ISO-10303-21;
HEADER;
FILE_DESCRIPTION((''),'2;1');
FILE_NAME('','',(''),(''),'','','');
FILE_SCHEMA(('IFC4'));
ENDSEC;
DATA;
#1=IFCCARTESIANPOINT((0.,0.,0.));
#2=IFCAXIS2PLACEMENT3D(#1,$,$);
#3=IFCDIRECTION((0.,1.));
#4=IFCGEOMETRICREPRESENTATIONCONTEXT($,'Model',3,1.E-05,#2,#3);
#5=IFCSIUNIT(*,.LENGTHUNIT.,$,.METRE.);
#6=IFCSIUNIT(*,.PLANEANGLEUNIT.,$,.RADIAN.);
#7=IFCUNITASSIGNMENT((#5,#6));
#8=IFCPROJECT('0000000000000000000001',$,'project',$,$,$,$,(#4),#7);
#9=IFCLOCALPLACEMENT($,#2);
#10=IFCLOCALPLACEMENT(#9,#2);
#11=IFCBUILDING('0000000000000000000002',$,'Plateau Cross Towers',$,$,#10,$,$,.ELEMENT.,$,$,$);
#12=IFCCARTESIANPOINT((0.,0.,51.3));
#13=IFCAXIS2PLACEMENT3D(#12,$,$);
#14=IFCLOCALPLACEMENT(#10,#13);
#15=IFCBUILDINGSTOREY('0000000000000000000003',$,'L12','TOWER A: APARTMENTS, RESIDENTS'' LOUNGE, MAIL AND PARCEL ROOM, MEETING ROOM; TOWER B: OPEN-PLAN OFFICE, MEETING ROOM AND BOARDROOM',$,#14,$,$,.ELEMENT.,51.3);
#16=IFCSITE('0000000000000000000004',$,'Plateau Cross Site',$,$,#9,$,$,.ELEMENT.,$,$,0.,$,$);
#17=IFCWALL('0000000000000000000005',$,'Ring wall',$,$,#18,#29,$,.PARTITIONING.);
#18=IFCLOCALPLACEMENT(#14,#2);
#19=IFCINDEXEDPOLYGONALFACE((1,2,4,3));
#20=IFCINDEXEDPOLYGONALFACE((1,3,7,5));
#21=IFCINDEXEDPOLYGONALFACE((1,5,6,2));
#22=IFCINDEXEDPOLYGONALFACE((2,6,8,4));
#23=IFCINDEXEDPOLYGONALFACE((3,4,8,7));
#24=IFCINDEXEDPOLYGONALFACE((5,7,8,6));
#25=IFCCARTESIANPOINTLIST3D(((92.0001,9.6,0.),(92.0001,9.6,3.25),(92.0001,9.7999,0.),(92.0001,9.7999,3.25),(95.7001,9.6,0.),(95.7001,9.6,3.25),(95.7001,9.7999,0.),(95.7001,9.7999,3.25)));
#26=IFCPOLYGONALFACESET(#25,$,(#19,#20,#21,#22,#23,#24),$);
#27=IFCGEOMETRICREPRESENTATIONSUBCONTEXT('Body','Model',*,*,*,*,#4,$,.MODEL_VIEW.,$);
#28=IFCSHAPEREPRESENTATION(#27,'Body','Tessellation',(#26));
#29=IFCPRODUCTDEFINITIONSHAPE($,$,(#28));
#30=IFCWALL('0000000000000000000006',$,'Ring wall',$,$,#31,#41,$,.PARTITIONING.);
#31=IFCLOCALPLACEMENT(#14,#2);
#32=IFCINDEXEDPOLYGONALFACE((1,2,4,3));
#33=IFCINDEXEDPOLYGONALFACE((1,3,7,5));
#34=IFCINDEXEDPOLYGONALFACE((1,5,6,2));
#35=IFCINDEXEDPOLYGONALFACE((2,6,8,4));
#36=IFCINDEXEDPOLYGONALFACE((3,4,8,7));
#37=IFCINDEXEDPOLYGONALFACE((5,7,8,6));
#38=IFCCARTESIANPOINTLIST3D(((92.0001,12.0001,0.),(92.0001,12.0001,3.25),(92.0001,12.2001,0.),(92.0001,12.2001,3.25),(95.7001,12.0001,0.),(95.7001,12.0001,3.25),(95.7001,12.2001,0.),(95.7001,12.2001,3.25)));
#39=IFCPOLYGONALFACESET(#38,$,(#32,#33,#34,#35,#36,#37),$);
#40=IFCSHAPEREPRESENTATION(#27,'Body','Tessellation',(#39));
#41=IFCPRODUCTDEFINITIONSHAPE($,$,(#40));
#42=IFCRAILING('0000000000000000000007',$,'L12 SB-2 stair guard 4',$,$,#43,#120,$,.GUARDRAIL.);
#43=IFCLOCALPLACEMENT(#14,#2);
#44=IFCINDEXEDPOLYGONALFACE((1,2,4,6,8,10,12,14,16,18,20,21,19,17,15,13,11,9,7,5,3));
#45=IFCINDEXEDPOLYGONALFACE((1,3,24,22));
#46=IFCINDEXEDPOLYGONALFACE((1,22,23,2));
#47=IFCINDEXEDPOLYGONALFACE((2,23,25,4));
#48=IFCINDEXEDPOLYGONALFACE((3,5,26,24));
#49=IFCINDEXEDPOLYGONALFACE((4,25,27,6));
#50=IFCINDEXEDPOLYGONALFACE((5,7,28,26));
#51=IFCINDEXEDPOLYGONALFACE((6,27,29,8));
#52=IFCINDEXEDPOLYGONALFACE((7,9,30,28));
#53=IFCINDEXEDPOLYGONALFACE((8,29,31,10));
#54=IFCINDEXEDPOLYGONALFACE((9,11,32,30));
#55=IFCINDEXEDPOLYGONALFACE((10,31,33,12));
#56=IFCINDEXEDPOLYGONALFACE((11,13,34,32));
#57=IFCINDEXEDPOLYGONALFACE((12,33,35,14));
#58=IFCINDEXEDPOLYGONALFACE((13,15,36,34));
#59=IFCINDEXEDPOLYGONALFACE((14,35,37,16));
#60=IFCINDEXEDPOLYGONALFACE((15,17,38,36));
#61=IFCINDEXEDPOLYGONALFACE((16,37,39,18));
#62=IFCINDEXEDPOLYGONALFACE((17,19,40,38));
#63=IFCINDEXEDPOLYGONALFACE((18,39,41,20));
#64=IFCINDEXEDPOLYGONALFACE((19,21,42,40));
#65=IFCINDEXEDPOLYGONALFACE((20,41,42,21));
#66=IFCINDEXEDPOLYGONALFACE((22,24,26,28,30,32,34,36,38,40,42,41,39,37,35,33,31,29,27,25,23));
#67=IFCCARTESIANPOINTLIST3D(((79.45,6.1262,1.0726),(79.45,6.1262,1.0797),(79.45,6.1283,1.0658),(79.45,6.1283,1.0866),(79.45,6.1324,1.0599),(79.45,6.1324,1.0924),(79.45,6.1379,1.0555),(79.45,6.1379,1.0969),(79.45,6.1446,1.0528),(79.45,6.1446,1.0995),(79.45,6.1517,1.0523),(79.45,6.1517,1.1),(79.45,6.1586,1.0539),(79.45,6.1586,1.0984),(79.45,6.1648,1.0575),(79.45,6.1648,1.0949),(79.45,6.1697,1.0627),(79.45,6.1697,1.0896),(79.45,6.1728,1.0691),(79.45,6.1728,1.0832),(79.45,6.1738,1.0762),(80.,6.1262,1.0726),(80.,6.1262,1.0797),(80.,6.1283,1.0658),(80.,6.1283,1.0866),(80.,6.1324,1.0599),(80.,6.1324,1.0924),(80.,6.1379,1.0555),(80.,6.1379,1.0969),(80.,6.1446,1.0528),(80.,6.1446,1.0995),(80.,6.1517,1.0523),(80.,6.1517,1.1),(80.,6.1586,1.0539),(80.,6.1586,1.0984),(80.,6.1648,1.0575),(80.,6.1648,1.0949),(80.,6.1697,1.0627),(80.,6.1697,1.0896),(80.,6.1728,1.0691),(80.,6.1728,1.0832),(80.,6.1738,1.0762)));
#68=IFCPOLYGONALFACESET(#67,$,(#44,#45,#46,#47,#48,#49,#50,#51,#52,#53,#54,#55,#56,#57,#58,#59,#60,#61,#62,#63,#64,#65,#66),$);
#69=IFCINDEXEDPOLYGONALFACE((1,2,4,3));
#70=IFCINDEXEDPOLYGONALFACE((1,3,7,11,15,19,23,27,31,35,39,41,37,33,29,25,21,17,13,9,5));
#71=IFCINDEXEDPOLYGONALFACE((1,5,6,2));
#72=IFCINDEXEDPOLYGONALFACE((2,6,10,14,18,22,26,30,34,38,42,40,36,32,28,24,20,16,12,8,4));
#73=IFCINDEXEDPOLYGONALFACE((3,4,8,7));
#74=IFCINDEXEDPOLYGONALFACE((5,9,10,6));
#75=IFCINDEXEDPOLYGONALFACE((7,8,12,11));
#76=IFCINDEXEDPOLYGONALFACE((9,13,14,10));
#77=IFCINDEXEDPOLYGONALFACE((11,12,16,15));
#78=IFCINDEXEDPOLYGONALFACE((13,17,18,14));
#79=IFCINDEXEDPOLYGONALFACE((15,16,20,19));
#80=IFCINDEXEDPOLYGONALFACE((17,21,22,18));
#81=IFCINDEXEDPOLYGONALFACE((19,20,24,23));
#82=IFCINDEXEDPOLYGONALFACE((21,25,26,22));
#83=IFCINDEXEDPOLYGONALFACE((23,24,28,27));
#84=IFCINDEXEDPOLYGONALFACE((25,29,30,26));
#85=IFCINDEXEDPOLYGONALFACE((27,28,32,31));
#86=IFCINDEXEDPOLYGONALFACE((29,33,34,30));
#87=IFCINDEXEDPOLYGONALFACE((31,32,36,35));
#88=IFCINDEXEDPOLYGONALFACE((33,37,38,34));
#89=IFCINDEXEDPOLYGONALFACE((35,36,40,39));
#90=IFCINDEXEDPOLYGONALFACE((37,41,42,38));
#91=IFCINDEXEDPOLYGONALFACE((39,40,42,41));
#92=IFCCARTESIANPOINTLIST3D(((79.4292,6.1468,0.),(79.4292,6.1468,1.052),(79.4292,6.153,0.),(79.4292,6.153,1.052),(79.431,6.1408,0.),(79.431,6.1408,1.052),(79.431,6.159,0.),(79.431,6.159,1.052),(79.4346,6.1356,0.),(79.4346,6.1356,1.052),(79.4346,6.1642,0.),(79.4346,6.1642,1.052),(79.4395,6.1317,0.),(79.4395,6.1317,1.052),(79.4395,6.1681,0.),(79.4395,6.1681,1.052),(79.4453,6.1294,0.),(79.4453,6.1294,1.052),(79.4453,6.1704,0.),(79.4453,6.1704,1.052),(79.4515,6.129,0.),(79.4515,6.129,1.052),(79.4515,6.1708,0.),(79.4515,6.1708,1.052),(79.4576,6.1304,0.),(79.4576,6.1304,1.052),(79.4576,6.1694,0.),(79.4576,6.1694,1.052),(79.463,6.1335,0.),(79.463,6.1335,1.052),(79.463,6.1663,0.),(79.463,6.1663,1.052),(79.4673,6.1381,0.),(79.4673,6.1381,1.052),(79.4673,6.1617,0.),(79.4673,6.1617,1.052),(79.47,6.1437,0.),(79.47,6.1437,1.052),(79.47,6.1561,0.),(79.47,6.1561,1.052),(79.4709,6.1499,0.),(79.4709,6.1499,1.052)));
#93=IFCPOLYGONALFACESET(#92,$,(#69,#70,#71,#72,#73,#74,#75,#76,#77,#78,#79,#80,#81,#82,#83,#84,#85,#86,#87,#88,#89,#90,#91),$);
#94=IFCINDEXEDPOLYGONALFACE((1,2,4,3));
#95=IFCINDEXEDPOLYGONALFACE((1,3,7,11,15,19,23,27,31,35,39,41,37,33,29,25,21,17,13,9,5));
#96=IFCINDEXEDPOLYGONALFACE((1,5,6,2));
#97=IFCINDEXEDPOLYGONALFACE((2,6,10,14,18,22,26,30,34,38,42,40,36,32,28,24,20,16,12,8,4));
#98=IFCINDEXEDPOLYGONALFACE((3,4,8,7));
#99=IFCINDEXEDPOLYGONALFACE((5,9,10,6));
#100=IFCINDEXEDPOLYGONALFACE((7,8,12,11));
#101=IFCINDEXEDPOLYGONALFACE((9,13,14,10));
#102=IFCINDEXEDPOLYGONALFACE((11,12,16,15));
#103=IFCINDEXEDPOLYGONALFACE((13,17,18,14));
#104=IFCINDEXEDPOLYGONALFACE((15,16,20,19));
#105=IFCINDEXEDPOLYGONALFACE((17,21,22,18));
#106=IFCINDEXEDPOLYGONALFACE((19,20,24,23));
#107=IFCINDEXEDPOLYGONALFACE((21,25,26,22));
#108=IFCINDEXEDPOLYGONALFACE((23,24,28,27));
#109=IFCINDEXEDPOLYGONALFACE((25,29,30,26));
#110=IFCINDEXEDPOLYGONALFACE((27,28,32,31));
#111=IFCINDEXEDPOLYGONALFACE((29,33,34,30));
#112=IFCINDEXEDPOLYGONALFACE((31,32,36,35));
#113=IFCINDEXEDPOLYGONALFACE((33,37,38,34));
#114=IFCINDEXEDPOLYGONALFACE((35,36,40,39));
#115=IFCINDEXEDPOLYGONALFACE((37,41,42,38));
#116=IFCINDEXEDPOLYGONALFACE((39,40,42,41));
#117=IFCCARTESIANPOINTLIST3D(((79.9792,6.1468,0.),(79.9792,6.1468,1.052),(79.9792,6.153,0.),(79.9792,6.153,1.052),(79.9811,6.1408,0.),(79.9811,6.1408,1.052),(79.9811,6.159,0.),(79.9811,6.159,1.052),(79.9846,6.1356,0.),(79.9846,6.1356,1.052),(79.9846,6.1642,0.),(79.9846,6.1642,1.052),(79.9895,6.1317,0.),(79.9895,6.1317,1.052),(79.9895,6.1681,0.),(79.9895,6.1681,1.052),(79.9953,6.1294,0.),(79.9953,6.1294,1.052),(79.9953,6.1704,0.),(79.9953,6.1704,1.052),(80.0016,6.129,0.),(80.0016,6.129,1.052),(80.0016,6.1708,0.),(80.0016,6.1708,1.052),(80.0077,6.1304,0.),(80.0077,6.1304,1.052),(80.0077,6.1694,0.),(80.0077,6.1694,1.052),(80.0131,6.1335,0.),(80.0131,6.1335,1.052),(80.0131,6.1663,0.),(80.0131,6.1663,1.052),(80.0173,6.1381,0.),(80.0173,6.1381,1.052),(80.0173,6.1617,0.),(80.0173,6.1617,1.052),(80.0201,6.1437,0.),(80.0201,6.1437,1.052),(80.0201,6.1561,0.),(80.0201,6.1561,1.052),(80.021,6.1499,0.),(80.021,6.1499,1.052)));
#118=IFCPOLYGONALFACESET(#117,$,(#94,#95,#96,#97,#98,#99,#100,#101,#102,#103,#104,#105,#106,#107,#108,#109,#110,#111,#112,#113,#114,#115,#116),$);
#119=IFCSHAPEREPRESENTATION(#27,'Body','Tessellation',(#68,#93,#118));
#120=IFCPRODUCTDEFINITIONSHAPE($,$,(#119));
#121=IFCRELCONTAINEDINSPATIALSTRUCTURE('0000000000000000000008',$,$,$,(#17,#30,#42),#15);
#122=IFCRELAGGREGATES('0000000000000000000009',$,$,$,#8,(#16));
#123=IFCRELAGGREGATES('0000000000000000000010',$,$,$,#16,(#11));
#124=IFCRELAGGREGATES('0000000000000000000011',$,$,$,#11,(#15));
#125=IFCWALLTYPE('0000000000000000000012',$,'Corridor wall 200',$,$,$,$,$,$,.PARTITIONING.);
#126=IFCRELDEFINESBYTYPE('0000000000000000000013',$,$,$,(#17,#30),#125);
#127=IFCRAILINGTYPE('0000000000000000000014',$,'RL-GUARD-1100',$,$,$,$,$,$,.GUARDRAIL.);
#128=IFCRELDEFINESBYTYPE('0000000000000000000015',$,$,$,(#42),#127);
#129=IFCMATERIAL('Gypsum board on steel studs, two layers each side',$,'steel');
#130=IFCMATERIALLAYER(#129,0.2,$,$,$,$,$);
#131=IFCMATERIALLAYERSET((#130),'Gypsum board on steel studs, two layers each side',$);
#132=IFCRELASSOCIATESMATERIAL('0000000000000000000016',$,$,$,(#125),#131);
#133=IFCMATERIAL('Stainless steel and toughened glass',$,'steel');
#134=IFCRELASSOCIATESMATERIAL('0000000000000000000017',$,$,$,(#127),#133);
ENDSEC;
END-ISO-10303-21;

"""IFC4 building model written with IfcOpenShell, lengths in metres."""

from ifc_helpers import new_model, si_unit, direction, frame, frame_2d, origin, origin_2d, place, context, subcontext, project, spatial, rectangle, circle, extrude, material, layer, layer_set, type_object, element, save


model = new_model("IFC4")

# Units and contexts
model_context = context("Model", 3, precision=1e-05, world=origin(), true_north=direction((0.0, 1.0)))
body_context = subcontext(model_context, "Body", "Model", "MODEL_VIEW")
ifc_project = project(units=[si_unit("LENGTHUNIT", "METRE"), si_unit("PLANEANGLEUNIT", "RADIAN")], contexts=[model_context])

# Site, building, storey
site_placement = place(None, origin())
site = spatial("IfcSite", under=ifc_project, at=site_placement, Name="Plateau Cross Site", CompositionType="ELEMENT", RefElevation=0.0)
building_placement = place(site_placement, origin())
building = spatial("IfcBuilding", under=site, at=building_placement, Name="Plateau Cross Towers", CompositionType="ELEMENT")
storey_placement = place(building_placement, frame((0.0, 0.0, 51.3)))
storey = spatial("IfcBuildingStorey", under=building, at=storey_placement, Name="L12", Description="TOWER A: APARTMENTS, RESIDENTS' LOUNGE, MAIL AND PARCEL ROOM, MEETING ROOM; TOWER B: OPEN-PLAN OFFICE, MEETING ROOM AND BOARDROOM", CompositionType="ELEMENT", Elevation=51.3)

# Shared definitions
ifc_material_1 = material(Name="Gypsum board on steel studs, two layers each side", Category="steel")
ifc_layer_1 = layer(ifc_material_1, 0.2)
ifc_layer_set_1 = layer_set([ifc_layer_1], Name="Gypsum board on steel studs, two layers each side")
wall_type_1 = type_object("IfcWallType", Name="Corridor wall 200", PredefinedType="PARTITIONING", material=ifc_layer_set_1)

# Walls
for number, where, z_axis, x_axis, name in (
    (1, (92.0, 9.7, 0.0), (0.0, 0.0, 1.0), (1.0, 0.0, 0.0), "Ring wall"),
    (2, (92.0, 12.1001, 0.0), (0.0, 0.0, 1.0), (1.0, 0.0, 0.0), "Ring wall"),
):
    element("IfcWall", number, at=place(storey_placement, frame(where, z_axis=z_axis, x_axis=x_axis)), inside=storey, type_object=wall_type_1, Name=name, PredefinedType="PARTITIONING", context=body_context, shape_type="SweptSolid", body=[
        extrude(rectangle(XDim=3.7, YDim=0.2, at=frame_2d((1.8501, 0.0))), origin(), (0.0, 0.0, 1.0), 3.25),
    ])

# Railing
ifc_material_2 = material(Name="Stainless steel and toughened glass", Category="steel")
railing_type = type_object("IfcRailingType", Name="RL-GUARD-1100", PredefinedType="GUARDRAIL", material=ifc_material_2)
railing_placement = place(storey_placement, frame((79.45, 6.1499, 0.0)))
element("IfcRailing", 3, at=railing_placement, inside=storey, type_object=railing_type, Name="L12 SB-2 stair guard 4", PredefinedType="GUARDRAIL", context=body_context, shape_type="SweptSolid", body=[
    extrude(circle(Radius=0.0239, at=origin_2d()), frame((0.0, 0.0, 1.0762), z_axis=(1.0, 0.0, 0.0), x_axis=(0.0, 1.0, 0.0)), (0.0, 0.0, 1.0), 0.55),
    extrude(circle(Radius=0.021, at=origin_2d()), origin(), (0.0, 0.0, 1.0), 1.052),
    extrude(circle(Radius=0.021, at=origin_2d()), frame((0.55, 0.0, 0.0)), (0.0, 0.0, 1.0), 1.052),
])

save(model, "model.ifc")
